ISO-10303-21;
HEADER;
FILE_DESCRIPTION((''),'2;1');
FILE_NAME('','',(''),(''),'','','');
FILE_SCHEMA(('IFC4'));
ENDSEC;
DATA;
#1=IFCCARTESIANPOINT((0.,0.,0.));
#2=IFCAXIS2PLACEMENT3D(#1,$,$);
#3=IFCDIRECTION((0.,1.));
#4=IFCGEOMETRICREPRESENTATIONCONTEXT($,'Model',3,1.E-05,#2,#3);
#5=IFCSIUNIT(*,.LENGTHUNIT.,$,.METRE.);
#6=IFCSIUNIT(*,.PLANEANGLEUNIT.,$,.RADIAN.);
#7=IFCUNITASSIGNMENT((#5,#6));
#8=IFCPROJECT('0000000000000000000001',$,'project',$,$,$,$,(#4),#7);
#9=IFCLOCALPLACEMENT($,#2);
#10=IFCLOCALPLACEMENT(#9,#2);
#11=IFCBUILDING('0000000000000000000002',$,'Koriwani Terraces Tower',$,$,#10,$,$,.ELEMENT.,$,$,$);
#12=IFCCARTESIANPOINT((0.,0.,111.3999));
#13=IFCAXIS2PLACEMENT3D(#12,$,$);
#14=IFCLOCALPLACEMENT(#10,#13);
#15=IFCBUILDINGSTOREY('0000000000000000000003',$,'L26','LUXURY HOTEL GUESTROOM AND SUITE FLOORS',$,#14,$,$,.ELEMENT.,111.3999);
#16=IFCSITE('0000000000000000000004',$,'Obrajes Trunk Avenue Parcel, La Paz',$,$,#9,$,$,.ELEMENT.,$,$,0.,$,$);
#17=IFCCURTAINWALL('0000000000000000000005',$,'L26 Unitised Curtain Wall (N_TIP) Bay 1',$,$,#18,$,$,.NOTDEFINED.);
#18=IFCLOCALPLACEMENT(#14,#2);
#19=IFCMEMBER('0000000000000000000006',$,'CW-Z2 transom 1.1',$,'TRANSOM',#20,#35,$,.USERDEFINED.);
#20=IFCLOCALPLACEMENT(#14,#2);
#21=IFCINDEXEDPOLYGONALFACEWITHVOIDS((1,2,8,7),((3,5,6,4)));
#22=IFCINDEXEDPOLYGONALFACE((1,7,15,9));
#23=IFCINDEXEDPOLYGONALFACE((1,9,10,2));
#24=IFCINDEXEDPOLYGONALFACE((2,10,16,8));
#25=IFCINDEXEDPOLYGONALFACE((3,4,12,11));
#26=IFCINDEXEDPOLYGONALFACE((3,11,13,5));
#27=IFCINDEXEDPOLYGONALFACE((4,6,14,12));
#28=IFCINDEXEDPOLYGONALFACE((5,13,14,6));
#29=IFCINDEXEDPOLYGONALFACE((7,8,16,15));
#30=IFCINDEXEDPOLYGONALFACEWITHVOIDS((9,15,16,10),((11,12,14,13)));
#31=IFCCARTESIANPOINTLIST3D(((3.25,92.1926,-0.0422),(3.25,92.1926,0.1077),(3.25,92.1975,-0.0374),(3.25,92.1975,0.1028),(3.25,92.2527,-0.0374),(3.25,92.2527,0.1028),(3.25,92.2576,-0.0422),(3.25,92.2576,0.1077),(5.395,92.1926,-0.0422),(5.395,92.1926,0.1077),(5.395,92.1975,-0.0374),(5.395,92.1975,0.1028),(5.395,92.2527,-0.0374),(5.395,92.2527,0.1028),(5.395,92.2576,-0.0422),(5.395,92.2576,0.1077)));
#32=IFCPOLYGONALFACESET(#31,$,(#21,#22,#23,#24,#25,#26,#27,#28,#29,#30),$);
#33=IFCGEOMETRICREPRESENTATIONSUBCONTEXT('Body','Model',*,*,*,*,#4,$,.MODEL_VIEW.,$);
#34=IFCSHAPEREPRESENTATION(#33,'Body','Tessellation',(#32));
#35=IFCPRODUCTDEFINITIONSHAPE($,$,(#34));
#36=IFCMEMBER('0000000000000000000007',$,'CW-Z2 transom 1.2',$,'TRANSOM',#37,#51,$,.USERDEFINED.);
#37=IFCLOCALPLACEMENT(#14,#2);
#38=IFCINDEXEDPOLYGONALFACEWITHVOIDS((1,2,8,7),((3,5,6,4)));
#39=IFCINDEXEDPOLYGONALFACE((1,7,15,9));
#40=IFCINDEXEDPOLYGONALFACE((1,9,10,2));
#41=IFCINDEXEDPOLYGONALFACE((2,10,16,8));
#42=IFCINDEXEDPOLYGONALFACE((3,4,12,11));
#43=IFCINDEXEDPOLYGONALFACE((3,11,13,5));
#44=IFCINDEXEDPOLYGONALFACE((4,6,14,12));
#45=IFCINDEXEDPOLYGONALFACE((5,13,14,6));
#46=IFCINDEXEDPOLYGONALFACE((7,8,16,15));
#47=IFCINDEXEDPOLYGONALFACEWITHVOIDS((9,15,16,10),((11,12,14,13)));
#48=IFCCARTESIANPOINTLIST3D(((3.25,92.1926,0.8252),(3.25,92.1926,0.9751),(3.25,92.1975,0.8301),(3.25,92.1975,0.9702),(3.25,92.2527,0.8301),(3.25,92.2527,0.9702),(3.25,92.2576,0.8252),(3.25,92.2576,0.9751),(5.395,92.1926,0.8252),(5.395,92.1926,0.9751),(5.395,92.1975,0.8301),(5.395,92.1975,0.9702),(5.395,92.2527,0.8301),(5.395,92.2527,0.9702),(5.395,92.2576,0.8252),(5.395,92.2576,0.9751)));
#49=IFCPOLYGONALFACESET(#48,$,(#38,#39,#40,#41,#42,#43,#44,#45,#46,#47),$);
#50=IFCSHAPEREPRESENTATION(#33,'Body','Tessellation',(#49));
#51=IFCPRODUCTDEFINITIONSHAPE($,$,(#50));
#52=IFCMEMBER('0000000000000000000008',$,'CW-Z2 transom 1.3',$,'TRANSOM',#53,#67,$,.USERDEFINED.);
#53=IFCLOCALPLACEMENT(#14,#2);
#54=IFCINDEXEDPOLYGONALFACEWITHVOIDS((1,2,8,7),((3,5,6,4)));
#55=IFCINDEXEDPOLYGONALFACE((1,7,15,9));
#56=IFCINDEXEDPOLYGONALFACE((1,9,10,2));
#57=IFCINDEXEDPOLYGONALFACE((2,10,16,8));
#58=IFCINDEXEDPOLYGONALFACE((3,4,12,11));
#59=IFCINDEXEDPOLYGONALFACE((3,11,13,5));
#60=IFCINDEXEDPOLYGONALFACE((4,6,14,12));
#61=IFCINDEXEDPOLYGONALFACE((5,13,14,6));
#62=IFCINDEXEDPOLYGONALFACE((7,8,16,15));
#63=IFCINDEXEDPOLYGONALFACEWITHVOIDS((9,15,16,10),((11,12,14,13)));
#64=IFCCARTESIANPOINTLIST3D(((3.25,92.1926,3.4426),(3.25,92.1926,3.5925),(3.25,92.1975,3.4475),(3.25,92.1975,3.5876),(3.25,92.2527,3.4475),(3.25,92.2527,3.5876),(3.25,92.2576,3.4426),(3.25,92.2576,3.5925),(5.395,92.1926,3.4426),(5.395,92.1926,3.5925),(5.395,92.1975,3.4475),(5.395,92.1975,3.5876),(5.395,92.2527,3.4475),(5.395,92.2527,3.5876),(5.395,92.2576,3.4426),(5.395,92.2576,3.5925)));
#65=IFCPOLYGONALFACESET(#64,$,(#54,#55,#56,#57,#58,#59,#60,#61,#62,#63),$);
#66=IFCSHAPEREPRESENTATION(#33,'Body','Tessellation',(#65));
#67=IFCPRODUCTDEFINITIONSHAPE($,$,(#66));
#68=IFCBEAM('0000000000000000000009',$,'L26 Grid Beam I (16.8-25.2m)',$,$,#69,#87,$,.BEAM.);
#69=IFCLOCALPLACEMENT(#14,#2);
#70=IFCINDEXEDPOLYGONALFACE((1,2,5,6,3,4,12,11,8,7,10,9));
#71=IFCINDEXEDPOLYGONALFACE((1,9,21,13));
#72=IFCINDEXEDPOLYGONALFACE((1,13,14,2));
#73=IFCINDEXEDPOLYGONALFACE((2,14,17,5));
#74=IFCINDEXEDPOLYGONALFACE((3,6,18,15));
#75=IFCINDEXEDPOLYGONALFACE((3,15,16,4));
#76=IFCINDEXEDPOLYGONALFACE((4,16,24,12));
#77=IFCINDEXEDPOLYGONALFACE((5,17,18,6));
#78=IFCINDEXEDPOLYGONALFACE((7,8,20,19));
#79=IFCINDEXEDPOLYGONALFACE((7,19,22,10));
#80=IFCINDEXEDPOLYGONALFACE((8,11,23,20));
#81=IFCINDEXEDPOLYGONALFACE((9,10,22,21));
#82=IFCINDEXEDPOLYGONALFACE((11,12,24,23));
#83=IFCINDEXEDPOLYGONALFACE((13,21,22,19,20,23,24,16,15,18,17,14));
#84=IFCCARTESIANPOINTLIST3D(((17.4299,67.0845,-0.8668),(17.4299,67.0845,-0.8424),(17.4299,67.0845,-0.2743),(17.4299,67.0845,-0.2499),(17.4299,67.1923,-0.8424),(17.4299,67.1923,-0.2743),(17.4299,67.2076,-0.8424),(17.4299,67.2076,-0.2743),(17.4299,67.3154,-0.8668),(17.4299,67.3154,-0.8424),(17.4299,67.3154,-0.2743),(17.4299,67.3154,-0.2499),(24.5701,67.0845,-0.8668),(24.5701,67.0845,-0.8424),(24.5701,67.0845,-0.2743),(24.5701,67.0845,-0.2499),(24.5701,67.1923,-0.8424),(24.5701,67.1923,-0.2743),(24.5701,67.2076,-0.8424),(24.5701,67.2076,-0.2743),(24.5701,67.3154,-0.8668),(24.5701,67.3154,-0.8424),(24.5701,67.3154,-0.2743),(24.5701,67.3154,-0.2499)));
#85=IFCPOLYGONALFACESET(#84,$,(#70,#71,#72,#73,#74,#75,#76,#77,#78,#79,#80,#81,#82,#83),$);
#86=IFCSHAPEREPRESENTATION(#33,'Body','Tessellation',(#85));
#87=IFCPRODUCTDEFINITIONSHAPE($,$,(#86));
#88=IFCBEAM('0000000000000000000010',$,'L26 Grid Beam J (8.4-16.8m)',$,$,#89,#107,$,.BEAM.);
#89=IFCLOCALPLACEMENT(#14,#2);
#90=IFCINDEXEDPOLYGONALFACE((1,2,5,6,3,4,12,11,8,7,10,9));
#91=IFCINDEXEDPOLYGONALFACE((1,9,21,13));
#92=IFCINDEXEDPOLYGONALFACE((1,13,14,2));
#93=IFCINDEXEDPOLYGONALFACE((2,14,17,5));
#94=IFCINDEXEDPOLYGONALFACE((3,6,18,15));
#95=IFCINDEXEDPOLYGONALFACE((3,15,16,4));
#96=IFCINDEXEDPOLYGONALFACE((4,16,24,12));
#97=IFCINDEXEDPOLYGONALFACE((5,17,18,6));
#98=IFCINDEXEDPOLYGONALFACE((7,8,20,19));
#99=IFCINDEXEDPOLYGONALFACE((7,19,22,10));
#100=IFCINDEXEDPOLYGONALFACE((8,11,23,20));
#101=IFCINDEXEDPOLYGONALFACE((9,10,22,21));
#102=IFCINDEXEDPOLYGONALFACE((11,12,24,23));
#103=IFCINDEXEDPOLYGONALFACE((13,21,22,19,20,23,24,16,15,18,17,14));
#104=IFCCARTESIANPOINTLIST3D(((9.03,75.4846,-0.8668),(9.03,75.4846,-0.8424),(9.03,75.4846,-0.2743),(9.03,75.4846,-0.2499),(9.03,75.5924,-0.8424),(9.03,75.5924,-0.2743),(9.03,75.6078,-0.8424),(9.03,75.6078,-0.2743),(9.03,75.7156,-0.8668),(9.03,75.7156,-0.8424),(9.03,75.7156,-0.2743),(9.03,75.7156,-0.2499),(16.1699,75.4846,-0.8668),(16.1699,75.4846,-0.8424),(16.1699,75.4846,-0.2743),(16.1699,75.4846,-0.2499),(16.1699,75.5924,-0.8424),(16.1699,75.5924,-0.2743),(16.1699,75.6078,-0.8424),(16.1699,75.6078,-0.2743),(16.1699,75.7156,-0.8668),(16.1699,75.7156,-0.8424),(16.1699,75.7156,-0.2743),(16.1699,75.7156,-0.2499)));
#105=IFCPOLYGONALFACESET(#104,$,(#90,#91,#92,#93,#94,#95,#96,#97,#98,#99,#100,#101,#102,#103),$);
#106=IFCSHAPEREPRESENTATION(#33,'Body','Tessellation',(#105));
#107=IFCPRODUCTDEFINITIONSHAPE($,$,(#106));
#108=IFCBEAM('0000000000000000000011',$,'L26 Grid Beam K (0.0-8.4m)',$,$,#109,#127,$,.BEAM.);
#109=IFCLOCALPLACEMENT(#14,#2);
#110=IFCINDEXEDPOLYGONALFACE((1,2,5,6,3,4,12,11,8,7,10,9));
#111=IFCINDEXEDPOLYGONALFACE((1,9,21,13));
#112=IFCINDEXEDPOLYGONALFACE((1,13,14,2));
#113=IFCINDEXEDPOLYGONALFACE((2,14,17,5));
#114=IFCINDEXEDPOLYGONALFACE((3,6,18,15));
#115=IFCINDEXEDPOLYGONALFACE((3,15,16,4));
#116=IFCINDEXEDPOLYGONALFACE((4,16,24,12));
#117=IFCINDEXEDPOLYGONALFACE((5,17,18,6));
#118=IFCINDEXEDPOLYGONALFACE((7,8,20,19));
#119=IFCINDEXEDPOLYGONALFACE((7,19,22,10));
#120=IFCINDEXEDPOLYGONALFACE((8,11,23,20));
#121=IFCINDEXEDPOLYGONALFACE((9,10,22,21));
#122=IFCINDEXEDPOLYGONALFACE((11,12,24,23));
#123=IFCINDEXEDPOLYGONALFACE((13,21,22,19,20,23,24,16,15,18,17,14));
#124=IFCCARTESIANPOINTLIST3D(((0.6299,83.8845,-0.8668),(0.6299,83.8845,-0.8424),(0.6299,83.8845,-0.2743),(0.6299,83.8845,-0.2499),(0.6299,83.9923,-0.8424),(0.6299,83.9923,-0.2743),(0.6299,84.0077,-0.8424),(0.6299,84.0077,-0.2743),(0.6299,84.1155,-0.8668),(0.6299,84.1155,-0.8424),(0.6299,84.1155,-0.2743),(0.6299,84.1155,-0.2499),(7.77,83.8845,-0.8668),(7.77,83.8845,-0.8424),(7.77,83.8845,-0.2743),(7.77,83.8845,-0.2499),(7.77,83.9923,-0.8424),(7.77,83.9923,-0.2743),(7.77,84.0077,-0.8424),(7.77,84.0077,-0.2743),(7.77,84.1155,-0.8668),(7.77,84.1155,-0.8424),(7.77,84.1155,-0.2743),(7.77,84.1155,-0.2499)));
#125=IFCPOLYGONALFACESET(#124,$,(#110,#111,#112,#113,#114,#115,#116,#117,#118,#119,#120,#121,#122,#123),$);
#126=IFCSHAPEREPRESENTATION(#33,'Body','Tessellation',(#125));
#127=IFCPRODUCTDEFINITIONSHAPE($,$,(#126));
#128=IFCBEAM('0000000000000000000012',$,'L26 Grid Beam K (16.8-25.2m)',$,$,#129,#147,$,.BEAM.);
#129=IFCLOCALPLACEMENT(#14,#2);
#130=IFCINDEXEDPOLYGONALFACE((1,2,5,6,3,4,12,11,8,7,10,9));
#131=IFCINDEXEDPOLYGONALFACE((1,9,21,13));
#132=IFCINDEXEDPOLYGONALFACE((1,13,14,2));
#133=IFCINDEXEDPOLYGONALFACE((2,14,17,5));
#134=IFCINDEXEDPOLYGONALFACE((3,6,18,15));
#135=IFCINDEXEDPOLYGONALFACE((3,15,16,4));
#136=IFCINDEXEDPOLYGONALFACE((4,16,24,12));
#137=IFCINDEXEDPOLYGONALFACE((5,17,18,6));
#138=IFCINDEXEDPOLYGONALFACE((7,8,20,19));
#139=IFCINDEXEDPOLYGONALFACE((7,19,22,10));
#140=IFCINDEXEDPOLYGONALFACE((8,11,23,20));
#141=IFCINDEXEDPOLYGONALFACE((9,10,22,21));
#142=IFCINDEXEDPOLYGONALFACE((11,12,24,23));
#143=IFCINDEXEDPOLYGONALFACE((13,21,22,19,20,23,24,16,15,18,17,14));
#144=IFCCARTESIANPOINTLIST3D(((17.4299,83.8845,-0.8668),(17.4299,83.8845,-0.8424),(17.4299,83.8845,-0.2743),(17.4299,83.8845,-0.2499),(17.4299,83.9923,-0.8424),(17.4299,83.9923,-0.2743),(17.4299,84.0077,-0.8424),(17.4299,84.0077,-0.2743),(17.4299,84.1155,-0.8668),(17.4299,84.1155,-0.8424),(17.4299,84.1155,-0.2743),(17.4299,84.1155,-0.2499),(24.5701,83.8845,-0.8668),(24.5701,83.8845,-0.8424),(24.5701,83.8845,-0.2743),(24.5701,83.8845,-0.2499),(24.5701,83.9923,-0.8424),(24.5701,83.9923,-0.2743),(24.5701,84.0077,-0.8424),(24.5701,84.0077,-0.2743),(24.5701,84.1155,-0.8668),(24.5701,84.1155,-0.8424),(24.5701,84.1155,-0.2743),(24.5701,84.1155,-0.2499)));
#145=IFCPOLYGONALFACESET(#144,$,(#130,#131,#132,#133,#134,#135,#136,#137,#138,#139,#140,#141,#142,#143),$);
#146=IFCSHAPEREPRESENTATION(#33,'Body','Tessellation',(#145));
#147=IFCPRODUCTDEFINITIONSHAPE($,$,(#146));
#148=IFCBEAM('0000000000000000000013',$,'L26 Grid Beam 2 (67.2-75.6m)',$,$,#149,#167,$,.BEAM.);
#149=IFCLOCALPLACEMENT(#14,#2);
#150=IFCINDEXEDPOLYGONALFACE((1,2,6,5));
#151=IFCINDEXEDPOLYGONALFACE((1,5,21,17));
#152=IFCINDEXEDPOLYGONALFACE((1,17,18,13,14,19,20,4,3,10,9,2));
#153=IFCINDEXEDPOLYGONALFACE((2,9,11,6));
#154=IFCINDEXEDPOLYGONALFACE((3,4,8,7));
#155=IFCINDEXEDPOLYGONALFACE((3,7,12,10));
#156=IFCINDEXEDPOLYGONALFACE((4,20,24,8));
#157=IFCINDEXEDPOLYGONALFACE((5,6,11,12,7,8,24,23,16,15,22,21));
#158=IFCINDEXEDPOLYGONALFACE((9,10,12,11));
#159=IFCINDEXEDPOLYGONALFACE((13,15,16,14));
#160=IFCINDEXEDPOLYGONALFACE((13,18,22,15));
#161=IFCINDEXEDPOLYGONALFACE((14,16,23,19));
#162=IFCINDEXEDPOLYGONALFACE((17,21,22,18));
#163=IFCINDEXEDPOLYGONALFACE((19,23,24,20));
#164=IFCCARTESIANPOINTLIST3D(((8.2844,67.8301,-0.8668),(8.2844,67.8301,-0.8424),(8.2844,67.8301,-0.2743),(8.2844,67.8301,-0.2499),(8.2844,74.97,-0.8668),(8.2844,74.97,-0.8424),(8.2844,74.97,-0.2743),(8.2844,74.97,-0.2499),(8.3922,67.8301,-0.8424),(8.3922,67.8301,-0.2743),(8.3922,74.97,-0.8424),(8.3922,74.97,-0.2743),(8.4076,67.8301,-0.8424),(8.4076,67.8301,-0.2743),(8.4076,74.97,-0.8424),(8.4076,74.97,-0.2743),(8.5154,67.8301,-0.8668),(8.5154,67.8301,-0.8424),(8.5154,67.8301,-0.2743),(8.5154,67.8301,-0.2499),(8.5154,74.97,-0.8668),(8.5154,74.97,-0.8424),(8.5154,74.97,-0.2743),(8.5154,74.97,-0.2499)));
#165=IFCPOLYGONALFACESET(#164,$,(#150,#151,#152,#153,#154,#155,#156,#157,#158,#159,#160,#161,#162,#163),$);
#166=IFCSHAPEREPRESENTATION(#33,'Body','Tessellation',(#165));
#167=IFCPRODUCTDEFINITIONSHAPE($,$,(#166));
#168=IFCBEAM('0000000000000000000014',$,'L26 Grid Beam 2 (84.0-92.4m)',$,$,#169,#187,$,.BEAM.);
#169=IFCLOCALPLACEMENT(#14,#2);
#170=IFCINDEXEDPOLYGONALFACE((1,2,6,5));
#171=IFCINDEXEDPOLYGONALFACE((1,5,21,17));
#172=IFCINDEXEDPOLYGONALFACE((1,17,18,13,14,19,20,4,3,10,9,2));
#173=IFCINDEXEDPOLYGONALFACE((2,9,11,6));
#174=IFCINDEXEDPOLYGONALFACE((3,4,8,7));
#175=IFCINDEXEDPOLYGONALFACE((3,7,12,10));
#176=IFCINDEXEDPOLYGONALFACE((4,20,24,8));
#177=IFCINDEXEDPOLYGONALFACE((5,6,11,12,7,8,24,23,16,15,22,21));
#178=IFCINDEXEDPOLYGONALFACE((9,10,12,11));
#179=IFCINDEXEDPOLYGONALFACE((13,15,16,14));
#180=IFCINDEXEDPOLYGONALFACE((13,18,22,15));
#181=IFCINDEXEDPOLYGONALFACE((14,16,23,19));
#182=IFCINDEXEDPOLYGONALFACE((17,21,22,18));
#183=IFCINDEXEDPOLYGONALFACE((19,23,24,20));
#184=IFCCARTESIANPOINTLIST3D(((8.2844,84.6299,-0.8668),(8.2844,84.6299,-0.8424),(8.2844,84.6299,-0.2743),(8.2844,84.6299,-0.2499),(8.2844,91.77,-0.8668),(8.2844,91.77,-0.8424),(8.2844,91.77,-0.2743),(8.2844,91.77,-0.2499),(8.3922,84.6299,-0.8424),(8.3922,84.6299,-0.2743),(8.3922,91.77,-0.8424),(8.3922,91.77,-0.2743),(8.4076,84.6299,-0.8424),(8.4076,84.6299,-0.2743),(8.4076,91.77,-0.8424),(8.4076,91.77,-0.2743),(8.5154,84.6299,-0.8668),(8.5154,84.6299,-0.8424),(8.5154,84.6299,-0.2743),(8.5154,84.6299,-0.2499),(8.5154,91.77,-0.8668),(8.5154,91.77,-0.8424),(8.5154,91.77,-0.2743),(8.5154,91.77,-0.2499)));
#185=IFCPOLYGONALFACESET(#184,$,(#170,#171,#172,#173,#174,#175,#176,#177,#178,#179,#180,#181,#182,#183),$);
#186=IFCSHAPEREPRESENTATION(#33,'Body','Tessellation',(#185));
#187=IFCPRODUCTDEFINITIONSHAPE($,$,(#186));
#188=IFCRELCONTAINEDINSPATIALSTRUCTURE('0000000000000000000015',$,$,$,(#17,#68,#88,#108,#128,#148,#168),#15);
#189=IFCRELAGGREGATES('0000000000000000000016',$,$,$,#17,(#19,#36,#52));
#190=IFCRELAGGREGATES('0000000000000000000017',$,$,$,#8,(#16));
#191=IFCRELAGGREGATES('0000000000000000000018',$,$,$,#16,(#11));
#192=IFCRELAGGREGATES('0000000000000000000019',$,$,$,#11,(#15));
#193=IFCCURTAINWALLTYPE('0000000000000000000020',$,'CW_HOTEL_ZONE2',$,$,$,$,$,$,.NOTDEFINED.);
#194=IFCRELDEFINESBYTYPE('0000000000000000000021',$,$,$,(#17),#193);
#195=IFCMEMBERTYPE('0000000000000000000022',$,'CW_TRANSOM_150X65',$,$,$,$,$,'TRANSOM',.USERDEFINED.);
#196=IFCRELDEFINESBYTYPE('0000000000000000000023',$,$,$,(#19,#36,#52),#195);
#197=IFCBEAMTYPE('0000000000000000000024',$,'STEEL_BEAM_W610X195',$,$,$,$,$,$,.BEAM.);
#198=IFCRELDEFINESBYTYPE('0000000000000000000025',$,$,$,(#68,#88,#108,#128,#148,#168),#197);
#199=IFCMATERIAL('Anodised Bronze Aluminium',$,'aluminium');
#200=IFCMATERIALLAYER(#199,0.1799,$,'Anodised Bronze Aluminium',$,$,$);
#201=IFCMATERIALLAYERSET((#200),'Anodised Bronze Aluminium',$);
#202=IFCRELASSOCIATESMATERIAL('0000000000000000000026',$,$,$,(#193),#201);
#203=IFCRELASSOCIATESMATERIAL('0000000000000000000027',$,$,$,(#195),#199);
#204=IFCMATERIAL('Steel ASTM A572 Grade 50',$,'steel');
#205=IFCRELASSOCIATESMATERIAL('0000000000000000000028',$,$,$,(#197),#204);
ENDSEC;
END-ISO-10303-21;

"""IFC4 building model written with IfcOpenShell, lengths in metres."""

from ifc_helpers import new_model, si_unit, direction, frame, origin, origin_2d, place, context, subcontext, project, spatial, hollow_rectangle, i_section, extrude, material, layer, layer_set, material_profile, profile_set, type_object, element, aggregate, save


model = new_model("IFC4")

# Units and contexts
model_context = context("Model", 3, precision=1e-05, world=origin(), true_north=direction((0.0, 1.0)))
body_context = subcontext(model_context, "Body", "Model", "MODEL_VIEW")
ifc_project = project(units=[si_unit("LENGTHUNIT", "METRE"), si_unit("PLANEANGLEUNIT", "RADIAN")], contexts=[model_context])

# Site, building, storey
site_placement = place(None, origin())
site = spatial("IfcSite", under=ifc_project, at=site_placement, Name="Obrajes Trunk Avenue Parcel, La Paz", CompositionType="ELEMENT", RefElevation=0.0)
building_placement = place(site_placement, origin())
building = spatial("IfcBuilding", under=site, at=building_placement, Name="Koriwani Terraces Tower", CompositionType="ELEMENT")
storey_placement = place(building_placement, frame((0.0, 0.0, 111.3999)))
storey = spatial("IfcBuildingStorey", under=building, at=storey_placement, Name="L26", Description="LUXURY HOTEL GUESTROOM AND SUITE FLOORS", CompositionType="ELEMENT", Elevation=111.3999)

# Curtain wall, members
ifc_material_1 = material(Name="Anodised Bronze Aluminium", Category="aluminium")
ifc_layer_1 = layer(ifc_material_1, 0.1799, Name="Anodised Bronze Aluminium")
ifc_layer_set_1 = layer_set([ifc_layer_1], Name="Anodised Bronze Aluminium")
curtain_wall_type = type_object("IfcCurtainWallType", Name="CW_HOTEL_ZONE2", PredefinedType="NOTDEFINED", material=ifc_layer_set_1)
curtain_wall_placement = place(storey_placement, origin())
curtain_wall = element("IfcCurtainWall", 1, at=curtain_wall_placement, inside=storey, type_object=curtain_wall_type, Name="L26 Unitised Curtain Wall (N_TIP) Bay 1", PredefinedType="NOTDEFINED")
ifc_material_profile_1 = material_profile(ifc_material_1, hollow_rectangle(XDim=0.0649, YDim=0.1499, WallThickness=0.0049, at=origin_2d()), Name="Anodised Bronze Aluminium", Category="LoadBearing")
ifc_profile_set_1 = profile_set([ifc_material_profile_1], Name="Anodised Bronze Aluminium")
member_type_1 = type_object("IfcMemberType", Name="CW_TRANSOM_150X65", ElementType="TRANSOM", PredefinedType="USERDEFINED", material=ifc_profile_set_1)
member_1_placement = place(storey_placement, frame((3.25, 92.2251, 0.0327), z_axis=(1.0, 0.0, 0.0), x_axis=(0.0, 1.0, 0.0)))
member_1 = element("IfcMember", 2, at=member_1_placement, type_object=member_type_1, Name="CW-Z2 transom 1.1", ObjectType="TRANSOM", PredefinedType="USERDEFINED", context=body_context, shape_type="SweptSolid", body=[
    extrude(hollow_rectangle(XDim=0.0649, YDim=0.1499, WallThickness=0.0049, at=origin_2d()), origin(), (0.0, 0.0, 1.0), 2.145),
])
member_2_placement = place(storey_placement, frame((3.25, 92.2251, 0.9001), z_axis=(1.0, 0.0, 0.0), x_axis=(0.0, 1.0, 0.0)))
member_2 = element("IfcMember", 3, at=member_2_placement, type_object=member_type_1, Name="CW-Z2 transom 1.2", ObjectType="TRANSOM", PredefinedType="USERDEFINED", context=body_context, shape_type="SweptSolid", body=[
    extrude(hollow_rectangle(XDim=0.0649, YDim=0.1499, WallThickness=0.0049, at=origin_2d()), origin(), (0.0, 0.0, 1.0), 2.145),
])
member_3_placement = place(storey_placement, frame((3.25, 92.2251, 3.5176), z_axis=(1.0, 0.0, 0.0), x_axis=(0.0, 1.0, 0.0)))
member_3 = element("IfcMember", 4, at=member_3_placement, type_object=member_type_1, Name="CW-Z2 transom 1.3", ObjectType="TRANSOM", PredefinedType="USERDEFINED", context=body_context, shape_type="SweptSolid", body=[
    extrude(hollow_rectangle(XDim=0.0649, YDim=0.1499, WallThickness=0.0049, at=origin_2d()), origin(), (0.0, 0.0, 1.0), 2.145),
])
aggregate(curtain_wall, [member_1, member_2, member_3])

# Beams
ifc_material_2 = material(Name="Steel ASTM A572 Grade 50", Category="steel")
ifc_material_profile_2 = material_profile(ifc_material_2, i_section(OverallWidth=0.231, OverallDepth=0.6169, WebThickness=0.0154, FlangeThickness=0.0244, at=origin_2d()), Name="Steel ASTM A572 Grade 50", Category="LoadBearing")
ifc_profile_set_2 = profile_set([ifc_material_profile_2], Name="Steel ASTM A572 Grade 50")
beam_type_1 = type_object("IfcBeamType", Name="STEEL_BEAM_W610X195", PredefinedType="BEAM", material=ifc_profile_set_2)
beam_1_placement = place(storey_placement, frame((17.4299, 67.2, -0.5583), z_axis=(1.0, 0.0, 0.0), x_axis=(0.0, 1.0, 0.0)))
element("IfcBeam", 5, at=beam_1_placement, inside=storey, type_object=beam_type_1, Name="L26 Grid Beam I (16.8-25.2m)", PredefinedType="BEAM", context=body_context, shape_type="SweptSolid", body=[
    extrude(i_section(OverallWidth=0.231, OverallDepth=0.6169, WebThickness=0.0154, FlangeThickness=0.0244, at=origin_2d()), origin(), (0.0, 0.0, 1.0), 7.1401),
])
beam_2_placement = place(storey_placement, frame((9.03, 75.6001, -0.5583), z_axis=(1.0, 0.0, 0.0), x_axis=(0.0, 1.0, 0.0)))
element("IfcBeam", 6, at=beam_2_placement, inside=storey, type_object=beam_type_1, Name="L26 Grid Beam J (8.4-16.8m)", PredefinedType="BEAM", context=body_context, shape_type="SweptSolid", body=[
    extrude(i_section(OverallWidth=0.231, OverallDepth=0.6169, WebThickness=0.0154, FlangeThickness=0.0244, at=origin_2d()), origin(), (0.0, 0.0, 1.0), 7.1399),
])
for number, where, z_axis, x_axis, name in (
    (7, (0.6299, 84.0, -0.5583), (1.0, 0.0, 0.0), (0.0, 1.0, 0.0), "L26 Grid Beam K (0.0-8.4m)"),
    (8, (17.4299, 84.0, -0.5583), (1.0, 0.0, 0.0), (0.0, 1.0, 0.0), "L26 Grid Beam K (16.8-25.2m)"),
):
    element("IfcBeam", number, at=place(storey_placement, frame(where, z_axis=z_axis, x_axis=x_axis)), inside=storey, type_object=beam_type_1, Name=name, PredefinedType="BEAM", context=body_context, shape_type="SweptSolid", body=[
        extrude(i_section(OverallWidth=0.231, OverallDepth=0.6169, WebThickness=0.0154, FlangeThickness=0.0244, at=origin_2d()), origin(), (0.0, 0.0, 1.0), 7.1401),
    ])
beam_3_placement = place(storey_placement, frame((8.3999, 67.8301, -0.5583), z_axis=(0.0, 1.0, 0.0), x_axis=(-1.0, 0.0, 0.0)))
element("IfcBeam", 9, at=beam_3_placement, inside=storey, type_object=beam_type_1, Name="L26 Grid Beam 2 (67.2-75.6m)", PredefinedType="BEAM", context=body_context, shape_type="SweptSolid", body=[
    extrude(i_section(OverallWidth=0.231, OverallDepth=0.6169, WebThickness=0.0154, FlangeThickness=0.0244, at=origin_2d()), origin(), (0.0, 0.0, 1.0), 7.1399),
])
for number, where, z_axis, x_axis, name in (
    (10, (8.3999, 84.6299, -0.5583), (0.0, 1.0, 0.0), (-1.0, 0.0, 0.0), "L26 Grid Beam 2 (84.0-92.4m)"),
):
    element("IfcBeam", number, at=place(storey_placement, frame(where, z_axis=z_axis, x_axis=x_axis)), inside=storey, type_object=beam_type_1, Name=name, PredefinedType="BEAM", context=body_context, shape_type="SweptSolid", body=[
        extrude(i_section(OverallWidth=0.231, OverallDepth=0.6169, WebThickness=0.0154, FlangeThickness=0.0244, at=origin_2d()), origin(), (0.0, 0.0, 1.0), 7.1401),
    ])

save(model, "model.ifc")
